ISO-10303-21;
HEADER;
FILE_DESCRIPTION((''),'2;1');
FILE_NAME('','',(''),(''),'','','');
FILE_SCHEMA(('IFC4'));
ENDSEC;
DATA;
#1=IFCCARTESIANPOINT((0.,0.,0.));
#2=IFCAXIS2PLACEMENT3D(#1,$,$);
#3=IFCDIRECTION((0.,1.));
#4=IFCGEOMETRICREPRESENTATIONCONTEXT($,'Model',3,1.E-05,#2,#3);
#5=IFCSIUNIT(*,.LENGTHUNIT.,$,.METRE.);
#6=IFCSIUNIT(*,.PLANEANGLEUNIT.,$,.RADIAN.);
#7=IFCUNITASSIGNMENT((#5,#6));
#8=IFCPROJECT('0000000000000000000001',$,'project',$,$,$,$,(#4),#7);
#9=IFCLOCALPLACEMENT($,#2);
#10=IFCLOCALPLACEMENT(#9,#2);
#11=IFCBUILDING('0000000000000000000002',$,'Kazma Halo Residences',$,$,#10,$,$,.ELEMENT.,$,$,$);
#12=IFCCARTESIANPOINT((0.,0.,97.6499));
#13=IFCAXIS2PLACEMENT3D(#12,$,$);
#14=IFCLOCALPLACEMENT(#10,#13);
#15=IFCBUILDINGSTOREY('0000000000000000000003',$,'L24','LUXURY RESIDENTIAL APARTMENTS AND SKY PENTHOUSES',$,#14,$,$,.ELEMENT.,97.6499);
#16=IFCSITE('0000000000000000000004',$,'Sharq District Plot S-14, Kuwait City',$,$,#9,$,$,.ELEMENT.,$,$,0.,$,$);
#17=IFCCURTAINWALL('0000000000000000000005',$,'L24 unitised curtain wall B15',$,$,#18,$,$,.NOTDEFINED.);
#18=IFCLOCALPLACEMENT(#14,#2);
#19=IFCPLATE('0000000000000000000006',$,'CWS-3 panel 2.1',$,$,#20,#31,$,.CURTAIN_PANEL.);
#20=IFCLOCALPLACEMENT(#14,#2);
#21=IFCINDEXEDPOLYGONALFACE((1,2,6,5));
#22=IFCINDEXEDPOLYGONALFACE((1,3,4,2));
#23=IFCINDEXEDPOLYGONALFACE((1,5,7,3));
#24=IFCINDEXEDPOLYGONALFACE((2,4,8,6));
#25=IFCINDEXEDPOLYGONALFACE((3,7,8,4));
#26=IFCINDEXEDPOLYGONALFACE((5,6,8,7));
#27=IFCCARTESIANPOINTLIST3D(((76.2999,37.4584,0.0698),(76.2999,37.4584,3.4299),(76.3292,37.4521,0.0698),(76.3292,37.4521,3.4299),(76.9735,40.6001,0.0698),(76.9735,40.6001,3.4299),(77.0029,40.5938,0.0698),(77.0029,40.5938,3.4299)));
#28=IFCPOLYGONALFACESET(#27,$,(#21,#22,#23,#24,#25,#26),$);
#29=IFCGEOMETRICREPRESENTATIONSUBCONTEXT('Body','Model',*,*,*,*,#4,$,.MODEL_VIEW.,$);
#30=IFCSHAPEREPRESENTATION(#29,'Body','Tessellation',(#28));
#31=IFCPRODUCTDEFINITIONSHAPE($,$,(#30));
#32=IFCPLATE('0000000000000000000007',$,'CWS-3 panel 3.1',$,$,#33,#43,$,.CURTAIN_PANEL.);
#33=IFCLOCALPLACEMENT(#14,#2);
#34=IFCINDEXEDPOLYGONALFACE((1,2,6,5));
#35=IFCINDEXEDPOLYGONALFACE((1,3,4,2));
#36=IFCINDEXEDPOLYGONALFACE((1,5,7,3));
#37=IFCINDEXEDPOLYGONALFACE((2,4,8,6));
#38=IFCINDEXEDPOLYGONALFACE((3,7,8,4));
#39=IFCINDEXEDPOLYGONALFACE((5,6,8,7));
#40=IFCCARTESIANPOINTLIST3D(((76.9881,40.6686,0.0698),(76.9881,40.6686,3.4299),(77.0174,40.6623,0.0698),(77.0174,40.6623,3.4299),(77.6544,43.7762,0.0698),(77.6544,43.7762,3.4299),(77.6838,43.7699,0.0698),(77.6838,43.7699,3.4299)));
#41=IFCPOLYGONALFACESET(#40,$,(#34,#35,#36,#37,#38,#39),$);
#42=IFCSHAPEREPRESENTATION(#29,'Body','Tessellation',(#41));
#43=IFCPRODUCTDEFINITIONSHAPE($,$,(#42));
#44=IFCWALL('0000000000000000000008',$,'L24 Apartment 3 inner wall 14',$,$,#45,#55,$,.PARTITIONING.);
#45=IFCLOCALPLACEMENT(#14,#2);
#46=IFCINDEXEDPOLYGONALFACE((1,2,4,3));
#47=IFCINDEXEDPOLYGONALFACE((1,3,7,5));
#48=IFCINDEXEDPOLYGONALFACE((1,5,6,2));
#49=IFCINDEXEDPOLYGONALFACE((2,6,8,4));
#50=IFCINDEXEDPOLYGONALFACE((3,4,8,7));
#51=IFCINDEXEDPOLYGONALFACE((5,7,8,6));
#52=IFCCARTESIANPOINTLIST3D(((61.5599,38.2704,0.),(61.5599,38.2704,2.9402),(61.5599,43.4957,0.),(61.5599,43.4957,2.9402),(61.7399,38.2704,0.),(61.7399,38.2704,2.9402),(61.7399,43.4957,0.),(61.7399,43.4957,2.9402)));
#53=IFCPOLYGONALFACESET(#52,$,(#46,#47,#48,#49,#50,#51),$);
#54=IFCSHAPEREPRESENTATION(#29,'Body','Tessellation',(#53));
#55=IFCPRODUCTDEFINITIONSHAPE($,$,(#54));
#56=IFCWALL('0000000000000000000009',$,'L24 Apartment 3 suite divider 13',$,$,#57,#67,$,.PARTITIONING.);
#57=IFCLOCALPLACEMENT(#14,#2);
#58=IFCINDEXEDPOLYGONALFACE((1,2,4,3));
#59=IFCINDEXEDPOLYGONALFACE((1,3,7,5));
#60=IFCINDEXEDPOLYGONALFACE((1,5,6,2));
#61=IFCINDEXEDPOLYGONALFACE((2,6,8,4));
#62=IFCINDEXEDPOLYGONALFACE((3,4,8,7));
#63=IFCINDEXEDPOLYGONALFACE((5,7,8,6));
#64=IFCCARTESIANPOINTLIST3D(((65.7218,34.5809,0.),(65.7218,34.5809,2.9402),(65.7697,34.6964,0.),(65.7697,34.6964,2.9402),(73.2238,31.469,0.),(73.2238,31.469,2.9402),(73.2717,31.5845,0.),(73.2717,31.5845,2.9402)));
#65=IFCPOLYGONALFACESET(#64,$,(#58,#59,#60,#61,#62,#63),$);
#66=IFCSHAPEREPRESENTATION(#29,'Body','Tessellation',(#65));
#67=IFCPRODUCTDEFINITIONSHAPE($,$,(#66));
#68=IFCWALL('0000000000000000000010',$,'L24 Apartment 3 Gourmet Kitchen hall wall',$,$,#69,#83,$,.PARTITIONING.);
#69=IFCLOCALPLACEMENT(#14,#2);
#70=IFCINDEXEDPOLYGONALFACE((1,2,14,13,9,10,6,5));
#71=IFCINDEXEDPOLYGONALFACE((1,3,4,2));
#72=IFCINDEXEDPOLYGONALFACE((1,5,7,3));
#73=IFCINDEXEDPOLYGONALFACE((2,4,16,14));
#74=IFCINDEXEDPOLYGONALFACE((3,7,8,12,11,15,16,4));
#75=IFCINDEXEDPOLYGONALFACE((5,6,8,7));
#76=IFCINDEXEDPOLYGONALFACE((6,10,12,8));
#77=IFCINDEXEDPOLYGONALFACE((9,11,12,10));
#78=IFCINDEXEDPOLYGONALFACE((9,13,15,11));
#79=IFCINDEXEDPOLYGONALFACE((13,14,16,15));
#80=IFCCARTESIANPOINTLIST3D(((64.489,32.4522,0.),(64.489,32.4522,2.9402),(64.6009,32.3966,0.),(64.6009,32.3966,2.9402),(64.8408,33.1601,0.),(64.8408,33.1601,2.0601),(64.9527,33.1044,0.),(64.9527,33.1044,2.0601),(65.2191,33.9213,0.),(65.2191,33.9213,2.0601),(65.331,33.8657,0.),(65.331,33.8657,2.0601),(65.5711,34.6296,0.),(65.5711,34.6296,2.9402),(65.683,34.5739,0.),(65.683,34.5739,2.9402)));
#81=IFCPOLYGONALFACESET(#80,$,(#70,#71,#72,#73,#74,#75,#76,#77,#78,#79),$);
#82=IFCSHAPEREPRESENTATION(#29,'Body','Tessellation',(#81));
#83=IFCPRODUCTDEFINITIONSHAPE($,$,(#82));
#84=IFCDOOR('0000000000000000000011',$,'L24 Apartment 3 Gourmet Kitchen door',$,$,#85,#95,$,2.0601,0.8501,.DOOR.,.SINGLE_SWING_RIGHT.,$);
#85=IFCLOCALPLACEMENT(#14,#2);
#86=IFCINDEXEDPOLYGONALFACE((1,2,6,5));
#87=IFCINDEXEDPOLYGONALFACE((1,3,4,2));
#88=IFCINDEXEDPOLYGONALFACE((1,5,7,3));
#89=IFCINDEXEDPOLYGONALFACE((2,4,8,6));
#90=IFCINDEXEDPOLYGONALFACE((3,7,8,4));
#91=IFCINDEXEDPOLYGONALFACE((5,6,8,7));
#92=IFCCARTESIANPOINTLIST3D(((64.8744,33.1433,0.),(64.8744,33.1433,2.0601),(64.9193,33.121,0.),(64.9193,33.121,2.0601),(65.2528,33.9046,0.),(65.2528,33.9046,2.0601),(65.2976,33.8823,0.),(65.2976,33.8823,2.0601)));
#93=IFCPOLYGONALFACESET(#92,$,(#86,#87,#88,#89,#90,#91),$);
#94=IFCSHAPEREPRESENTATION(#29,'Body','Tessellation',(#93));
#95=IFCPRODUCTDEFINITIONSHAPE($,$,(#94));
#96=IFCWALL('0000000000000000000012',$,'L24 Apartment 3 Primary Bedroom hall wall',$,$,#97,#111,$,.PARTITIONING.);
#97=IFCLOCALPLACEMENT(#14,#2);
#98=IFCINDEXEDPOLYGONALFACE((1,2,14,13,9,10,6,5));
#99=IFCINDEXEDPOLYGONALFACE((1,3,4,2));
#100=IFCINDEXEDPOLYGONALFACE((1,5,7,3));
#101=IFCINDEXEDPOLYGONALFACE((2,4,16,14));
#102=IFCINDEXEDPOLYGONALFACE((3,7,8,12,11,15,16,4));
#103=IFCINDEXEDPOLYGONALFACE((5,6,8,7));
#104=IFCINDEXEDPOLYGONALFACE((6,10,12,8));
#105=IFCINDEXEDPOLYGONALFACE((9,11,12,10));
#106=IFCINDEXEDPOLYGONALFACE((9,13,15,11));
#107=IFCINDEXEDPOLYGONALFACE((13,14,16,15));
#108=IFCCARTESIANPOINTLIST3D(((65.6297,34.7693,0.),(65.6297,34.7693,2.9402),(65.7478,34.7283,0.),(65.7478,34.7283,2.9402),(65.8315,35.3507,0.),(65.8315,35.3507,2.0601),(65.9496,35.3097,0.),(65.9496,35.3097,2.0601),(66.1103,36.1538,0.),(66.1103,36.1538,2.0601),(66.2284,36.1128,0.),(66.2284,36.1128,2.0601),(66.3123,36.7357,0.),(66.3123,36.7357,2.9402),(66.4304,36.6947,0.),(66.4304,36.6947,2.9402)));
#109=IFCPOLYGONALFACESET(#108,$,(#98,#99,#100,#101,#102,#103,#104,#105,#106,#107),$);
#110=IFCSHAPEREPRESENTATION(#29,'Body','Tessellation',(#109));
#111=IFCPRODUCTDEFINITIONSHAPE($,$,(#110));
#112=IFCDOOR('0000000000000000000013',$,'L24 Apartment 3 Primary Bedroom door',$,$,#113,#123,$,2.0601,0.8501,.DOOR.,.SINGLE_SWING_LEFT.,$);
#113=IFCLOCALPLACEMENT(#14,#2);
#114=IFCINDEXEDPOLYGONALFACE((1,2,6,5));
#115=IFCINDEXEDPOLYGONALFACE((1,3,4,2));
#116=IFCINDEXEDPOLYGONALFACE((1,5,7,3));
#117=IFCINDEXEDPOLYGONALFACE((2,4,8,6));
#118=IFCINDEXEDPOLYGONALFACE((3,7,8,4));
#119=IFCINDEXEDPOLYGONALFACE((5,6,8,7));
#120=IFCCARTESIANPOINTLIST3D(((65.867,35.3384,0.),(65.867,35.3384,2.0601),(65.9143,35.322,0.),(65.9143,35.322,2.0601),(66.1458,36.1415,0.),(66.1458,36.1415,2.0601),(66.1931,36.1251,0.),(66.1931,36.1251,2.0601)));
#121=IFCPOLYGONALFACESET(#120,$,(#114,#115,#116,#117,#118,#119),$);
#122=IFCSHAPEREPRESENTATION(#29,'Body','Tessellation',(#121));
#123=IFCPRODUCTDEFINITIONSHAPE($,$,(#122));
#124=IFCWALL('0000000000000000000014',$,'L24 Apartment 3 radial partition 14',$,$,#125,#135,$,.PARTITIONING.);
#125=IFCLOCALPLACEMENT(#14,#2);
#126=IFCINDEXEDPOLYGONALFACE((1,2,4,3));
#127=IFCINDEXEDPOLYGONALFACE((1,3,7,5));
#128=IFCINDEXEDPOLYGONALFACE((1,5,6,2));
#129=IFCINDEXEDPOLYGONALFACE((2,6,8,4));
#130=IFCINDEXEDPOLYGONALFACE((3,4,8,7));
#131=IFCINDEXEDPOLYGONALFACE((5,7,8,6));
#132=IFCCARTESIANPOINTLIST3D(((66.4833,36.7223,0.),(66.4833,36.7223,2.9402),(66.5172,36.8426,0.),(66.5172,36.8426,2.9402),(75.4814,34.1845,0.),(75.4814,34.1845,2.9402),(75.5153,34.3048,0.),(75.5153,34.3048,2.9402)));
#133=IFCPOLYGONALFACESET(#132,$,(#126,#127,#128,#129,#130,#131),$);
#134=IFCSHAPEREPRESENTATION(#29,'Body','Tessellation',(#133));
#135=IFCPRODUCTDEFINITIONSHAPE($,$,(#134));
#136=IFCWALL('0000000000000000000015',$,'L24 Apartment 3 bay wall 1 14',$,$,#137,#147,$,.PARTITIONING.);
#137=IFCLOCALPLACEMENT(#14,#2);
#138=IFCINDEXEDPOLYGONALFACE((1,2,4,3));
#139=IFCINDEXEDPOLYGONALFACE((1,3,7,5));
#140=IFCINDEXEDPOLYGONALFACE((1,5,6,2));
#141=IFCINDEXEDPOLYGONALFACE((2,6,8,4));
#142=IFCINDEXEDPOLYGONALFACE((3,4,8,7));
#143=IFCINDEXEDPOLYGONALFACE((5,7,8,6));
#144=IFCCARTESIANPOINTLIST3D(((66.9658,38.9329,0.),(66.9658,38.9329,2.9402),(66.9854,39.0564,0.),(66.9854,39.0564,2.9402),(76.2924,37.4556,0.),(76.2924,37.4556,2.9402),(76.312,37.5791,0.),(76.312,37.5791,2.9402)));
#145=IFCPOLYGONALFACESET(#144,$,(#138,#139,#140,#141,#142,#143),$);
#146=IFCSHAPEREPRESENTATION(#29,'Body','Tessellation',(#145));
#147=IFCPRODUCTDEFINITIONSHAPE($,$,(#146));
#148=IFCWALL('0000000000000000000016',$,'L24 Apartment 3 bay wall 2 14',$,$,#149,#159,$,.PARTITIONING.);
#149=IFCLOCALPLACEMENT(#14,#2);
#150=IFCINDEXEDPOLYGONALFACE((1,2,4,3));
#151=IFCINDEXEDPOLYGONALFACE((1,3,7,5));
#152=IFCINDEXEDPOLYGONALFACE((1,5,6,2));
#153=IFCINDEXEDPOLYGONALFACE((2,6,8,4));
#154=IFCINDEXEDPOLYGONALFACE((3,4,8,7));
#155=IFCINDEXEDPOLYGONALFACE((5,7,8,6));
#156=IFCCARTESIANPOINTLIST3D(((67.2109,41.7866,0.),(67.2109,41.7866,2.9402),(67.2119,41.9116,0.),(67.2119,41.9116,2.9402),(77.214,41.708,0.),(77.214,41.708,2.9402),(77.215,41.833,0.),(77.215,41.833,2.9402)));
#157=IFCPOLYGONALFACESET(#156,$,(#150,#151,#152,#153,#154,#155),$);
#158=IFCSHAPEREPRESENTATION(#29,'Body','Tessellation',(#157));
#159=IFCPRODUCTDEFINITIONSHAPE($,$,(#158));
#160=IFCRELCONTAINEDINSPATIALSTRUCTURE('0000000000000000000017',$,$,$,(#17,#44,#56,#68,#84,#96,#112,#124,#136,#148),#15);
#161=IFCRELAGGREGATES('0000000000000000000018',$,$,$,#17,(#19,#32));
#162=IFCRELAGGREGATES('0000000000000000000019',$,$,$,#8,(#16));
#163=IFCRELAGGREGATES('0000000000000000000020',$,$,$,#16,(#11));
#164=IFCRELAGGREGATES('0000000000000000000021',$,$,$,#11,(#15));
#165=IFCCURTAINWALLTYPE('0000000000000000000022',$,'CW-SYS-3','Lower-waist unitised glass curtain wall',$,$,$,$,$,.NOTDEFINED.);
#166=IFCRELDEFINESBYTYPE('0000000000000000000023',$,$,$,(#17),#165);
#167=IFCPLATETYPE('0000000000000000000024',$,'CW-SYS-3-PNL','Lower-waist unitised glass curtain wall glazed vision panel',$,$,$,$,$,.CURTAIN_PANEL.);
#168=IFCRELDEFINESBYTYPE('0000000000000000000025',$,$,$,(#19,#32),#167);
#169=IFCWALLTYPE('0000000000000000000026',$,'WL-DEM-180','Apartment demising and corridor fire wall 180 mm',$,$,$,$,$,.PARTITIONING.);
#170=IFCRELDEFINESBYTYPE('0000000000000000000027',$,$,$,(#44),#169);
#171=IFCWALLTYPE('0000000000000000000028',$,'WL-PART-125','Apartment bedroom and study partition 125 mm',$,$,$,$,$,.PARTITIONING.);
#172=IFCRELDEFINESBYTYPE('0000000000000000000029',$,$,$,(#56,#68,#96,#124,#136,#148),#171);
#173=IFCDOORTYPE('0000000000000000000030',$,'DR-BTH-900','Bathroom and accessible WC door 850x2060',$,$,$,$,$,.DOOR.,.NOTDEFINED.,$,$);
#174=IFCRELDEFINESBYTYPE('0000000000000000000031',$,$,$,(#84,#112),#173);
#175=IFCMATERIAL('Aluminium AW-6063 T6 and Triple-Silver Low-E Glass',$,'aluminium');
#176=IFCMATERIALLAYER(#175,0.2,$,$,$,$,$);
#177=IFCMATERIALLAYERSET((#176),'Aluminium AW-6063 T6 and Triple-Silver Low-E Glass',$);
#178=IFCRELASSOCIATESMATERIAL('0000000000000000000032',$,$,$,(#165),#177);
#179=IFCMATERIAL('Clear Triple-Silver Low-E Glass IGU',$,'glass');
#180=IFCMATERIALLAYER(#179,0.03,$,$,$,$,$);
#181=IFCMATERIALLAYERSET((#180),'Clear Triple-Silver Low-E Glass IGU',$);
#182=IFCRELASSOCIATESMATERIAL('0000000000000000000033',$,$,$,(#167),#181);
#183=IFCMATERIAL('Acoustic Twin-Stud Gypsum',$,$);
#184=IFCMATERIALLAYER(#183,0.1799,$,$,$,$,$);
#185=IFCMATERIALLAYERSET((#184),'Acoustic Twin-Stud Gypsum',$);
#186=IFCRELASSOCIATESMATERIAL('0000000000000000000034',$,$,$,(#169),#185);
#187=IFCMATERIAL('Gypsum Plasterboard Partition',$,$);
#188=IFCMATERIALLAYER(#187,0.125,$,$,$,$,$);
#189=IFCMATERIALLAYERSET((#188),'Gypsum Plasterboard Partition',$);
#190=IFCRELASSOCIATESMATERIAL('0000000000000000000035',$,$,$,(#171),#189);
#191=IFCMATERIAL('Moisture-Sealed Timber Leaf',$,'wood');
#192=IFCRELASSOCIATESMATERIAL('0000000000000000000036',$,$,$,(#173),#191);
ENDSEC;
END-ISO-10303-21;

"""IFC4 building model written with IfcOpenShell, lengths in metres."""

from ifc_helpers import new_model, si_unit, direction, frame, frame_2d, origin, origin_2d, place, context, subcontext, project, spatial, rectangle, extrude, material, layer, layer_set, type_object, element, fill, aggregate, save


model = new_model("IFC4")

# Units and contexts
model_context = context("Model", 3, precision=1e-05, world=origin(), true_north=direction((0.0, 1.0)))
body_context = subcontext(model_context, "Body", "Model", "MODEL_VIEW")
ifc_project = project(units=[si_unit("LENGTHUNIT", "METRE"), si_unit("PLANEANGLEUNIT", "RADIAN")], contexts=[model_context])

# Site, building, storey
site_placement = place(None, origin())
site = spatial("IfcSite", under=ifc_project, at=site_placement, Name="Sharq District Plot S-14, Kuwait City", CompositionType="ELEMENT", RefElevation=0.0)
building_placement = place(site_placement, origin())
building = spatial("IfcBuilding", under=site, at=building_placement, Name="Kazma Halo Residences", CompositionType="ELEMENT")
storey_placement = place(building_placement, frame((0.0, 0.0, 97.6499)))
storey = spatial("IfcBuildingStorey", under=building, at=storey_placement, Name="L24", Description="LUXURY RESIDENTIAL APARTMENTS AND SKY PENTHOUSES", CompositionType="ELEMENT", Elevation=97.6499)

# Curtain wall, plates
ifc_material_1 = material(Name="Aluminium AW-6063 T6 and Triple-Silver Low-E Glass", Category="aluminium")
ifc_layer_1 = layer(ifc_material_1, 0.2)
ifc_layer_set_1 = layer_set([ifc_layer_1], Name="Aluminium AW-6063 T6 and Triple-Silver Low-E Glass")
curtain_wall_type = type_object("IfcCurtainWallType", Name="CW-SYS-3", Description="Lower-waist unitised glass curtain wall", PredefinedType="NOTDEFINED", material=ifc_layer_set_1)
curtain_wall_placement = place(storey_placement, origin())
curtain_wall = element("IfcCurtainWall", 1, at=curtain_wall_placement, inside=storey, type_object=curtain_wall_type, Name="L24 unitised curtain wall B15", PredefinedType="NOTDEFINED")
ifc_material_2 = material(Name="Clear Triple-Silver Low-E Glass IGU", Category="glass")
ifc_layer_2 = layer(ifc_material_2, 0.03)
ifc_layer_set_2 = layer_set([ifc_layer_2], Name="Clear Triple-Silver Low-E Glass IGU")
plate_type = type_object("IfcPlateType", Name="CW-SYS-3-PNL", Description="Lower-waist unitised glass curtain wall glazed vision panel", PredefinedType="CURTAIN_PANEL", material=ifc_layer_set_2)
plate_1_placement = place(storey_placement, frame((76.6514, 39.0261, 0.0698), z_axis=(0.0, 0.0, 1.0), x_axis=(0.209661, 0.977774, 0.0)))
plate_1 = element("IfcPlate", 2, at=plate_1_placement, type_object=plate_type, Name="CWS-3 panel 2.1", PredefinedType="CURTAIN_PANEL", context=body_context, shape_type="SweptSolid", body=[
    extrude(rectangle(XDim=3.2131, YDim=0.03, at=origin_2d()), origin(), (0.0, 0.0, 1.0), 3.3601),
])
plate_2_placement = place(storey_placement, frame((77.3359, 42.2192, 0.0698), z_axis=(0.0, 0.0, 1.0), x_axis=(0.209661, 0.977774, 0.0)))
plate_2 = element("IfcPlate", 3, at=plate_2_placement, type_object=plate_type, Name="CWS-3 panel 3.1", PredefinedType="CURTAIN_PANEL", context=body_context, shape_type="SweptSolid", body=[
    extrude(rectangle(XDim=3.1782, YDim=0.03, at=origin_2d()), origin(), (0.0, 0.0, 1.0), 3.3601),
])
aggregate(curtain_wall, [plate_1, plate_2])

# Walls
ifc_material_3 = material(Name="Acoustic Twin-Stud Gypsum")
ifc_layer_3 = layer(ifc_material_3, 0.1799)
ifc_layer_set_3 = layer_set([ifc_layer_3], Name="Acoustic Twin-Stud Gypsum")
wall_type_1 = type_object("IfcWallType", Name="WL-DEM-180", Description="Apartment demising and corridor fire wall 180 mm", PredefinedType="PARTITIONING", material=ifc_layer_set_3)
wall_1_placement = place(storey_placement, frame((61.6499, 38.2703, 0.0), z_axis=(0.0, 0.0, 1.0), x_axis=(0.0, 1.0, 0.0)))
element("IfcWall", 4, at=wall_1_placement, inside=storey, type_object=wall_type_1, Name="L24 Apartment 3 inner wall 14", PredefinedType="PARTITIONING", context=body_context, shape_type="SweptSolid", body=[
    extrude(rectangle(XDim=5.2253, YDim=0.1799, at=frame_2d((2.6128, 0.0))), origin(), (0.0, 0.0, 1.0), 2.9402),
])
ifc_material_4 = material(Name="Gypsum Plasterboard Partition")
ifc_layer_4 = layer(ifc_material_4, 0.125)
ifc_layer_set_4 = layer_set([ifc_layer_4], Name="Gypsum Plasterboard Partition")
wall_type_2 = type_object("IfcWallType", Name="WL-PART-125", Description="Apartment bedroom and study partition 125 mm", PredefinedType="PARTITIONING", material=ifc_layer_set_4)
wall_2_placement = place(storey_placement, frame((65.7456, 34.6387, 0.0), z_axis=(0.0, 0.0, 1.0), x_axis=(0.923688, -0.383146, 0.0)))
element("IfcWall", 5, at=wall_2_placement, inside=storey, type_object=wall_type_2, Name="L24 Apartment 3 suite divider 13", PredefinedType="PARTITIONING", context=body_context, shape_type="SweptSolid", body=[
    extrude(rectangle(XDim=8.1218, YDim=0.125, at=frame_2d((4.061, 0.0))), origin(), (0.0, 0.0, 1.0), 2.9402),
])

# Walls, openings, doors
wall_3_placement = place(storey_placement, frame((64.5449, 32.4243, 0.0), z_axis=(0.0, 0.0, 1.0), x_axis=(0.445043, 0.895509, 0.0)))
wall_3 = element("IfcWall", 6, at=wall_3_placement, inside=storey, type_object=wall_type_2, Name="L24 Apartment 3 Gourmet Kitchen hall wall", PredefinedType="PARTITIONING", context=body_context, shape_type="SweptSolid", body=[
    extrude(rectangle(XDim=2.4314, YDim=0.125, at=frame_2d((1.2158, 0.0))), origin(), (0.0, 0.0, 1.0), 2.9402),
])
opening_1_placement = place(wall_3_placement, frame((0.7905, 0.0, 0.0)))
opening_1 = element("IfcOpeningElement", 7, at=opening_1_placement, cuts=wall_3, PredefinedType="OPENING", context=body_context, shape_type="SweptSolid", body=[
    extrude(rectangle(XDim=0.8501, YDim=2.0601, at=frame_2d((0.425, 1.03))), frame((0.0, 0.0725, 0.0), z_axis=(0.0, -1.0, 0.0), x_axis=(1.0, 0.0, 0.0)), (0.0, 0.0, 1.0), 0.145),
])
ifc_material_5 = material(Name="Moisture-Sealed Timber Leaf", Category="wood")
door_type = type_object("IfcDoorType", Name="DR-BTH-900", Description="Bathroom and accessible WC door 850x2060", OperationType="NOTDEFINED", PredefinedType="DOOR", material=ifc_material_5)
door_1_placement = place(opening_1_placement, origin())
door_1 = element("IfcDoor", 8, at=door_1_placement, inside=storey, type_object=door_type, Name="L24 Apartment 3 Gourmet Kitchen door", OperationType="SINGLE_SWING_RIGHT", OverallHeight=2.0601, OverallWidth=0.8501, PredefinedType="DOOR", context=body_context, shape_type="SweptSolid", body=[
    extrude(rectangle(XDim=0.8501, YDim=2.0601, at=frame_2d((0.425, 1.03))), frame((0.0, 0.0249, 0.0), z_axis=(0.0, -1.0, 0.0), x_axis=(1.0, 0.0, 0.0)), (0.0, 0.0, 1.0), 0.05),
])
fill(opening_1, door_1)
wall_4_placement = place(storey_placement, frame((65.6887, 34.7488, 0.0), z_axis=(0.0, 0.0, 1.0), x_axis=(0.327956, 0.944693, 0.0)))
wall_4 = element("IfcWall", 9, at=wall_4_placement, inside=storey, type_object=wall_type_2, Name="L24 Apartment 3 Primary Bedroom hall wall", PredefinedType="PARTITIONING", context=body_context, shape_type="SweptSolid", body=[
    extrude(rectangle(XDim=2.0815, YDim=0.125, at=frame_2d((1.0408, 0.0))), origin(), (0.0, 0.0, 1.0), 2.9402),
])
opening_2_placement = place(wall_4_placement, frame((0.6155, 0.0, 0.0)))
opening_2 = element("IfcOpeningElement", 10, at=opening_2_placement, cuts=wall_4, PredefinedType="OPENING", context=body_context, shape_type="SweptSolid", body=[
    extrude(rectangle(XDim=0.8501, YDim=2.0601, at=frame_2d((0.425, 1.03))), frame((0.0, 0.0725, 0.0), z_axis=(0.0, -1.0, 0.0), x_axis=(1.0, 0.0, 0.0)), (0.0, 0.0, 1.0), 0.145),
])
door_2_placement = place(opening_2_placement, origin())
door_2 = element("IfcDoor", 11, at=door_2_placement, inside=storey, type_object=door_type, Name="L24 Apartment 3 Primary Bedroom door", OperationType="SINGLE_SWING_LEFT", OverallHeight=2.0601, OverallWidth=0.8501, PredefinedType="DOOR", context=body_context, shape_type="SweptSolid", body=[
    extrude(rectangle(XDim=0.8501, YDim=2.0601, at=frame_2d((0.425, 1.03))), frame((0.0, 0.0249, 0.0), z_axis=(0.0, -1.0, 0.0), x_axis=(1.0, 0.0, 0.0)), (0.0, 0.0, 1.0), 0.05),
])
fill(opening_2, door_2)

# Walls
wall_5_placement = place(storey_placement, frame((66.5002, 36.7825, 0.0), z_axis=(0.0, 0.0, 1.0), x_axis=(0.962452, -0.271453, 0.0)))
element("IfcWall", 12, at=wall_5_placement, inside=storey, type_object=wall_type_2, Name="L24 Apartment 3 radial partition 14", PredefinedType="PARTITIONING", context=body_context, shape_type="SweptSolid", body=[
    extrude(rectangle(XDim=9.3491, YDim=0.125, at=frame_2d((4.6746, 0.0))), origin(), (0.0, 0.0, 1.0), 2.9402),
])
wall_6_placement = place(storey_placement, frame((66.9756, 38.9946, 0.0), z_axis=(0.0, 0.0, 1.0), x_axis=(0.987687, -0.156444, 0.0)))
element("IfcWall", 13, at=wall_6_placement, inside=storey, type_object=wall_type_2, Name="L24 Apartment 3 bay wall 1 14", PredefinedType="PARTITIONING", context=body_context, shape_type="SweptSolid", body=[
    extrude(rectangle(XDim=9.4429, YDim=0.125, at=frame_2d((4.7214, 0.0))), origin(), (0.0, 0.0, 1.0), 2.9402),
])
wall_7_placement = place(storey_placement, frame((67.2114, 41.8491, 0.0), z_axis=(0.0, 0.0, 1.0), x_axis=(0.999969, -0.007859, 0.0)))
element("IfcWall", 14, at=wall_7_placement, inside=storey, type_object=wall_type_2, Name="L24 Apartment 3 bay wall 2 14", PredefinedType="PARTITIONING", context=body_context, shape_type="SweptSolid", body=[
    extrude(rectangle(XDim=10.0034, YDim=0.125, at=frame_2d((5.0017, 0.0))), origin(), (0.0, 0.0, 1.0), 2.9402),
])

save(model, "model.ifc")
